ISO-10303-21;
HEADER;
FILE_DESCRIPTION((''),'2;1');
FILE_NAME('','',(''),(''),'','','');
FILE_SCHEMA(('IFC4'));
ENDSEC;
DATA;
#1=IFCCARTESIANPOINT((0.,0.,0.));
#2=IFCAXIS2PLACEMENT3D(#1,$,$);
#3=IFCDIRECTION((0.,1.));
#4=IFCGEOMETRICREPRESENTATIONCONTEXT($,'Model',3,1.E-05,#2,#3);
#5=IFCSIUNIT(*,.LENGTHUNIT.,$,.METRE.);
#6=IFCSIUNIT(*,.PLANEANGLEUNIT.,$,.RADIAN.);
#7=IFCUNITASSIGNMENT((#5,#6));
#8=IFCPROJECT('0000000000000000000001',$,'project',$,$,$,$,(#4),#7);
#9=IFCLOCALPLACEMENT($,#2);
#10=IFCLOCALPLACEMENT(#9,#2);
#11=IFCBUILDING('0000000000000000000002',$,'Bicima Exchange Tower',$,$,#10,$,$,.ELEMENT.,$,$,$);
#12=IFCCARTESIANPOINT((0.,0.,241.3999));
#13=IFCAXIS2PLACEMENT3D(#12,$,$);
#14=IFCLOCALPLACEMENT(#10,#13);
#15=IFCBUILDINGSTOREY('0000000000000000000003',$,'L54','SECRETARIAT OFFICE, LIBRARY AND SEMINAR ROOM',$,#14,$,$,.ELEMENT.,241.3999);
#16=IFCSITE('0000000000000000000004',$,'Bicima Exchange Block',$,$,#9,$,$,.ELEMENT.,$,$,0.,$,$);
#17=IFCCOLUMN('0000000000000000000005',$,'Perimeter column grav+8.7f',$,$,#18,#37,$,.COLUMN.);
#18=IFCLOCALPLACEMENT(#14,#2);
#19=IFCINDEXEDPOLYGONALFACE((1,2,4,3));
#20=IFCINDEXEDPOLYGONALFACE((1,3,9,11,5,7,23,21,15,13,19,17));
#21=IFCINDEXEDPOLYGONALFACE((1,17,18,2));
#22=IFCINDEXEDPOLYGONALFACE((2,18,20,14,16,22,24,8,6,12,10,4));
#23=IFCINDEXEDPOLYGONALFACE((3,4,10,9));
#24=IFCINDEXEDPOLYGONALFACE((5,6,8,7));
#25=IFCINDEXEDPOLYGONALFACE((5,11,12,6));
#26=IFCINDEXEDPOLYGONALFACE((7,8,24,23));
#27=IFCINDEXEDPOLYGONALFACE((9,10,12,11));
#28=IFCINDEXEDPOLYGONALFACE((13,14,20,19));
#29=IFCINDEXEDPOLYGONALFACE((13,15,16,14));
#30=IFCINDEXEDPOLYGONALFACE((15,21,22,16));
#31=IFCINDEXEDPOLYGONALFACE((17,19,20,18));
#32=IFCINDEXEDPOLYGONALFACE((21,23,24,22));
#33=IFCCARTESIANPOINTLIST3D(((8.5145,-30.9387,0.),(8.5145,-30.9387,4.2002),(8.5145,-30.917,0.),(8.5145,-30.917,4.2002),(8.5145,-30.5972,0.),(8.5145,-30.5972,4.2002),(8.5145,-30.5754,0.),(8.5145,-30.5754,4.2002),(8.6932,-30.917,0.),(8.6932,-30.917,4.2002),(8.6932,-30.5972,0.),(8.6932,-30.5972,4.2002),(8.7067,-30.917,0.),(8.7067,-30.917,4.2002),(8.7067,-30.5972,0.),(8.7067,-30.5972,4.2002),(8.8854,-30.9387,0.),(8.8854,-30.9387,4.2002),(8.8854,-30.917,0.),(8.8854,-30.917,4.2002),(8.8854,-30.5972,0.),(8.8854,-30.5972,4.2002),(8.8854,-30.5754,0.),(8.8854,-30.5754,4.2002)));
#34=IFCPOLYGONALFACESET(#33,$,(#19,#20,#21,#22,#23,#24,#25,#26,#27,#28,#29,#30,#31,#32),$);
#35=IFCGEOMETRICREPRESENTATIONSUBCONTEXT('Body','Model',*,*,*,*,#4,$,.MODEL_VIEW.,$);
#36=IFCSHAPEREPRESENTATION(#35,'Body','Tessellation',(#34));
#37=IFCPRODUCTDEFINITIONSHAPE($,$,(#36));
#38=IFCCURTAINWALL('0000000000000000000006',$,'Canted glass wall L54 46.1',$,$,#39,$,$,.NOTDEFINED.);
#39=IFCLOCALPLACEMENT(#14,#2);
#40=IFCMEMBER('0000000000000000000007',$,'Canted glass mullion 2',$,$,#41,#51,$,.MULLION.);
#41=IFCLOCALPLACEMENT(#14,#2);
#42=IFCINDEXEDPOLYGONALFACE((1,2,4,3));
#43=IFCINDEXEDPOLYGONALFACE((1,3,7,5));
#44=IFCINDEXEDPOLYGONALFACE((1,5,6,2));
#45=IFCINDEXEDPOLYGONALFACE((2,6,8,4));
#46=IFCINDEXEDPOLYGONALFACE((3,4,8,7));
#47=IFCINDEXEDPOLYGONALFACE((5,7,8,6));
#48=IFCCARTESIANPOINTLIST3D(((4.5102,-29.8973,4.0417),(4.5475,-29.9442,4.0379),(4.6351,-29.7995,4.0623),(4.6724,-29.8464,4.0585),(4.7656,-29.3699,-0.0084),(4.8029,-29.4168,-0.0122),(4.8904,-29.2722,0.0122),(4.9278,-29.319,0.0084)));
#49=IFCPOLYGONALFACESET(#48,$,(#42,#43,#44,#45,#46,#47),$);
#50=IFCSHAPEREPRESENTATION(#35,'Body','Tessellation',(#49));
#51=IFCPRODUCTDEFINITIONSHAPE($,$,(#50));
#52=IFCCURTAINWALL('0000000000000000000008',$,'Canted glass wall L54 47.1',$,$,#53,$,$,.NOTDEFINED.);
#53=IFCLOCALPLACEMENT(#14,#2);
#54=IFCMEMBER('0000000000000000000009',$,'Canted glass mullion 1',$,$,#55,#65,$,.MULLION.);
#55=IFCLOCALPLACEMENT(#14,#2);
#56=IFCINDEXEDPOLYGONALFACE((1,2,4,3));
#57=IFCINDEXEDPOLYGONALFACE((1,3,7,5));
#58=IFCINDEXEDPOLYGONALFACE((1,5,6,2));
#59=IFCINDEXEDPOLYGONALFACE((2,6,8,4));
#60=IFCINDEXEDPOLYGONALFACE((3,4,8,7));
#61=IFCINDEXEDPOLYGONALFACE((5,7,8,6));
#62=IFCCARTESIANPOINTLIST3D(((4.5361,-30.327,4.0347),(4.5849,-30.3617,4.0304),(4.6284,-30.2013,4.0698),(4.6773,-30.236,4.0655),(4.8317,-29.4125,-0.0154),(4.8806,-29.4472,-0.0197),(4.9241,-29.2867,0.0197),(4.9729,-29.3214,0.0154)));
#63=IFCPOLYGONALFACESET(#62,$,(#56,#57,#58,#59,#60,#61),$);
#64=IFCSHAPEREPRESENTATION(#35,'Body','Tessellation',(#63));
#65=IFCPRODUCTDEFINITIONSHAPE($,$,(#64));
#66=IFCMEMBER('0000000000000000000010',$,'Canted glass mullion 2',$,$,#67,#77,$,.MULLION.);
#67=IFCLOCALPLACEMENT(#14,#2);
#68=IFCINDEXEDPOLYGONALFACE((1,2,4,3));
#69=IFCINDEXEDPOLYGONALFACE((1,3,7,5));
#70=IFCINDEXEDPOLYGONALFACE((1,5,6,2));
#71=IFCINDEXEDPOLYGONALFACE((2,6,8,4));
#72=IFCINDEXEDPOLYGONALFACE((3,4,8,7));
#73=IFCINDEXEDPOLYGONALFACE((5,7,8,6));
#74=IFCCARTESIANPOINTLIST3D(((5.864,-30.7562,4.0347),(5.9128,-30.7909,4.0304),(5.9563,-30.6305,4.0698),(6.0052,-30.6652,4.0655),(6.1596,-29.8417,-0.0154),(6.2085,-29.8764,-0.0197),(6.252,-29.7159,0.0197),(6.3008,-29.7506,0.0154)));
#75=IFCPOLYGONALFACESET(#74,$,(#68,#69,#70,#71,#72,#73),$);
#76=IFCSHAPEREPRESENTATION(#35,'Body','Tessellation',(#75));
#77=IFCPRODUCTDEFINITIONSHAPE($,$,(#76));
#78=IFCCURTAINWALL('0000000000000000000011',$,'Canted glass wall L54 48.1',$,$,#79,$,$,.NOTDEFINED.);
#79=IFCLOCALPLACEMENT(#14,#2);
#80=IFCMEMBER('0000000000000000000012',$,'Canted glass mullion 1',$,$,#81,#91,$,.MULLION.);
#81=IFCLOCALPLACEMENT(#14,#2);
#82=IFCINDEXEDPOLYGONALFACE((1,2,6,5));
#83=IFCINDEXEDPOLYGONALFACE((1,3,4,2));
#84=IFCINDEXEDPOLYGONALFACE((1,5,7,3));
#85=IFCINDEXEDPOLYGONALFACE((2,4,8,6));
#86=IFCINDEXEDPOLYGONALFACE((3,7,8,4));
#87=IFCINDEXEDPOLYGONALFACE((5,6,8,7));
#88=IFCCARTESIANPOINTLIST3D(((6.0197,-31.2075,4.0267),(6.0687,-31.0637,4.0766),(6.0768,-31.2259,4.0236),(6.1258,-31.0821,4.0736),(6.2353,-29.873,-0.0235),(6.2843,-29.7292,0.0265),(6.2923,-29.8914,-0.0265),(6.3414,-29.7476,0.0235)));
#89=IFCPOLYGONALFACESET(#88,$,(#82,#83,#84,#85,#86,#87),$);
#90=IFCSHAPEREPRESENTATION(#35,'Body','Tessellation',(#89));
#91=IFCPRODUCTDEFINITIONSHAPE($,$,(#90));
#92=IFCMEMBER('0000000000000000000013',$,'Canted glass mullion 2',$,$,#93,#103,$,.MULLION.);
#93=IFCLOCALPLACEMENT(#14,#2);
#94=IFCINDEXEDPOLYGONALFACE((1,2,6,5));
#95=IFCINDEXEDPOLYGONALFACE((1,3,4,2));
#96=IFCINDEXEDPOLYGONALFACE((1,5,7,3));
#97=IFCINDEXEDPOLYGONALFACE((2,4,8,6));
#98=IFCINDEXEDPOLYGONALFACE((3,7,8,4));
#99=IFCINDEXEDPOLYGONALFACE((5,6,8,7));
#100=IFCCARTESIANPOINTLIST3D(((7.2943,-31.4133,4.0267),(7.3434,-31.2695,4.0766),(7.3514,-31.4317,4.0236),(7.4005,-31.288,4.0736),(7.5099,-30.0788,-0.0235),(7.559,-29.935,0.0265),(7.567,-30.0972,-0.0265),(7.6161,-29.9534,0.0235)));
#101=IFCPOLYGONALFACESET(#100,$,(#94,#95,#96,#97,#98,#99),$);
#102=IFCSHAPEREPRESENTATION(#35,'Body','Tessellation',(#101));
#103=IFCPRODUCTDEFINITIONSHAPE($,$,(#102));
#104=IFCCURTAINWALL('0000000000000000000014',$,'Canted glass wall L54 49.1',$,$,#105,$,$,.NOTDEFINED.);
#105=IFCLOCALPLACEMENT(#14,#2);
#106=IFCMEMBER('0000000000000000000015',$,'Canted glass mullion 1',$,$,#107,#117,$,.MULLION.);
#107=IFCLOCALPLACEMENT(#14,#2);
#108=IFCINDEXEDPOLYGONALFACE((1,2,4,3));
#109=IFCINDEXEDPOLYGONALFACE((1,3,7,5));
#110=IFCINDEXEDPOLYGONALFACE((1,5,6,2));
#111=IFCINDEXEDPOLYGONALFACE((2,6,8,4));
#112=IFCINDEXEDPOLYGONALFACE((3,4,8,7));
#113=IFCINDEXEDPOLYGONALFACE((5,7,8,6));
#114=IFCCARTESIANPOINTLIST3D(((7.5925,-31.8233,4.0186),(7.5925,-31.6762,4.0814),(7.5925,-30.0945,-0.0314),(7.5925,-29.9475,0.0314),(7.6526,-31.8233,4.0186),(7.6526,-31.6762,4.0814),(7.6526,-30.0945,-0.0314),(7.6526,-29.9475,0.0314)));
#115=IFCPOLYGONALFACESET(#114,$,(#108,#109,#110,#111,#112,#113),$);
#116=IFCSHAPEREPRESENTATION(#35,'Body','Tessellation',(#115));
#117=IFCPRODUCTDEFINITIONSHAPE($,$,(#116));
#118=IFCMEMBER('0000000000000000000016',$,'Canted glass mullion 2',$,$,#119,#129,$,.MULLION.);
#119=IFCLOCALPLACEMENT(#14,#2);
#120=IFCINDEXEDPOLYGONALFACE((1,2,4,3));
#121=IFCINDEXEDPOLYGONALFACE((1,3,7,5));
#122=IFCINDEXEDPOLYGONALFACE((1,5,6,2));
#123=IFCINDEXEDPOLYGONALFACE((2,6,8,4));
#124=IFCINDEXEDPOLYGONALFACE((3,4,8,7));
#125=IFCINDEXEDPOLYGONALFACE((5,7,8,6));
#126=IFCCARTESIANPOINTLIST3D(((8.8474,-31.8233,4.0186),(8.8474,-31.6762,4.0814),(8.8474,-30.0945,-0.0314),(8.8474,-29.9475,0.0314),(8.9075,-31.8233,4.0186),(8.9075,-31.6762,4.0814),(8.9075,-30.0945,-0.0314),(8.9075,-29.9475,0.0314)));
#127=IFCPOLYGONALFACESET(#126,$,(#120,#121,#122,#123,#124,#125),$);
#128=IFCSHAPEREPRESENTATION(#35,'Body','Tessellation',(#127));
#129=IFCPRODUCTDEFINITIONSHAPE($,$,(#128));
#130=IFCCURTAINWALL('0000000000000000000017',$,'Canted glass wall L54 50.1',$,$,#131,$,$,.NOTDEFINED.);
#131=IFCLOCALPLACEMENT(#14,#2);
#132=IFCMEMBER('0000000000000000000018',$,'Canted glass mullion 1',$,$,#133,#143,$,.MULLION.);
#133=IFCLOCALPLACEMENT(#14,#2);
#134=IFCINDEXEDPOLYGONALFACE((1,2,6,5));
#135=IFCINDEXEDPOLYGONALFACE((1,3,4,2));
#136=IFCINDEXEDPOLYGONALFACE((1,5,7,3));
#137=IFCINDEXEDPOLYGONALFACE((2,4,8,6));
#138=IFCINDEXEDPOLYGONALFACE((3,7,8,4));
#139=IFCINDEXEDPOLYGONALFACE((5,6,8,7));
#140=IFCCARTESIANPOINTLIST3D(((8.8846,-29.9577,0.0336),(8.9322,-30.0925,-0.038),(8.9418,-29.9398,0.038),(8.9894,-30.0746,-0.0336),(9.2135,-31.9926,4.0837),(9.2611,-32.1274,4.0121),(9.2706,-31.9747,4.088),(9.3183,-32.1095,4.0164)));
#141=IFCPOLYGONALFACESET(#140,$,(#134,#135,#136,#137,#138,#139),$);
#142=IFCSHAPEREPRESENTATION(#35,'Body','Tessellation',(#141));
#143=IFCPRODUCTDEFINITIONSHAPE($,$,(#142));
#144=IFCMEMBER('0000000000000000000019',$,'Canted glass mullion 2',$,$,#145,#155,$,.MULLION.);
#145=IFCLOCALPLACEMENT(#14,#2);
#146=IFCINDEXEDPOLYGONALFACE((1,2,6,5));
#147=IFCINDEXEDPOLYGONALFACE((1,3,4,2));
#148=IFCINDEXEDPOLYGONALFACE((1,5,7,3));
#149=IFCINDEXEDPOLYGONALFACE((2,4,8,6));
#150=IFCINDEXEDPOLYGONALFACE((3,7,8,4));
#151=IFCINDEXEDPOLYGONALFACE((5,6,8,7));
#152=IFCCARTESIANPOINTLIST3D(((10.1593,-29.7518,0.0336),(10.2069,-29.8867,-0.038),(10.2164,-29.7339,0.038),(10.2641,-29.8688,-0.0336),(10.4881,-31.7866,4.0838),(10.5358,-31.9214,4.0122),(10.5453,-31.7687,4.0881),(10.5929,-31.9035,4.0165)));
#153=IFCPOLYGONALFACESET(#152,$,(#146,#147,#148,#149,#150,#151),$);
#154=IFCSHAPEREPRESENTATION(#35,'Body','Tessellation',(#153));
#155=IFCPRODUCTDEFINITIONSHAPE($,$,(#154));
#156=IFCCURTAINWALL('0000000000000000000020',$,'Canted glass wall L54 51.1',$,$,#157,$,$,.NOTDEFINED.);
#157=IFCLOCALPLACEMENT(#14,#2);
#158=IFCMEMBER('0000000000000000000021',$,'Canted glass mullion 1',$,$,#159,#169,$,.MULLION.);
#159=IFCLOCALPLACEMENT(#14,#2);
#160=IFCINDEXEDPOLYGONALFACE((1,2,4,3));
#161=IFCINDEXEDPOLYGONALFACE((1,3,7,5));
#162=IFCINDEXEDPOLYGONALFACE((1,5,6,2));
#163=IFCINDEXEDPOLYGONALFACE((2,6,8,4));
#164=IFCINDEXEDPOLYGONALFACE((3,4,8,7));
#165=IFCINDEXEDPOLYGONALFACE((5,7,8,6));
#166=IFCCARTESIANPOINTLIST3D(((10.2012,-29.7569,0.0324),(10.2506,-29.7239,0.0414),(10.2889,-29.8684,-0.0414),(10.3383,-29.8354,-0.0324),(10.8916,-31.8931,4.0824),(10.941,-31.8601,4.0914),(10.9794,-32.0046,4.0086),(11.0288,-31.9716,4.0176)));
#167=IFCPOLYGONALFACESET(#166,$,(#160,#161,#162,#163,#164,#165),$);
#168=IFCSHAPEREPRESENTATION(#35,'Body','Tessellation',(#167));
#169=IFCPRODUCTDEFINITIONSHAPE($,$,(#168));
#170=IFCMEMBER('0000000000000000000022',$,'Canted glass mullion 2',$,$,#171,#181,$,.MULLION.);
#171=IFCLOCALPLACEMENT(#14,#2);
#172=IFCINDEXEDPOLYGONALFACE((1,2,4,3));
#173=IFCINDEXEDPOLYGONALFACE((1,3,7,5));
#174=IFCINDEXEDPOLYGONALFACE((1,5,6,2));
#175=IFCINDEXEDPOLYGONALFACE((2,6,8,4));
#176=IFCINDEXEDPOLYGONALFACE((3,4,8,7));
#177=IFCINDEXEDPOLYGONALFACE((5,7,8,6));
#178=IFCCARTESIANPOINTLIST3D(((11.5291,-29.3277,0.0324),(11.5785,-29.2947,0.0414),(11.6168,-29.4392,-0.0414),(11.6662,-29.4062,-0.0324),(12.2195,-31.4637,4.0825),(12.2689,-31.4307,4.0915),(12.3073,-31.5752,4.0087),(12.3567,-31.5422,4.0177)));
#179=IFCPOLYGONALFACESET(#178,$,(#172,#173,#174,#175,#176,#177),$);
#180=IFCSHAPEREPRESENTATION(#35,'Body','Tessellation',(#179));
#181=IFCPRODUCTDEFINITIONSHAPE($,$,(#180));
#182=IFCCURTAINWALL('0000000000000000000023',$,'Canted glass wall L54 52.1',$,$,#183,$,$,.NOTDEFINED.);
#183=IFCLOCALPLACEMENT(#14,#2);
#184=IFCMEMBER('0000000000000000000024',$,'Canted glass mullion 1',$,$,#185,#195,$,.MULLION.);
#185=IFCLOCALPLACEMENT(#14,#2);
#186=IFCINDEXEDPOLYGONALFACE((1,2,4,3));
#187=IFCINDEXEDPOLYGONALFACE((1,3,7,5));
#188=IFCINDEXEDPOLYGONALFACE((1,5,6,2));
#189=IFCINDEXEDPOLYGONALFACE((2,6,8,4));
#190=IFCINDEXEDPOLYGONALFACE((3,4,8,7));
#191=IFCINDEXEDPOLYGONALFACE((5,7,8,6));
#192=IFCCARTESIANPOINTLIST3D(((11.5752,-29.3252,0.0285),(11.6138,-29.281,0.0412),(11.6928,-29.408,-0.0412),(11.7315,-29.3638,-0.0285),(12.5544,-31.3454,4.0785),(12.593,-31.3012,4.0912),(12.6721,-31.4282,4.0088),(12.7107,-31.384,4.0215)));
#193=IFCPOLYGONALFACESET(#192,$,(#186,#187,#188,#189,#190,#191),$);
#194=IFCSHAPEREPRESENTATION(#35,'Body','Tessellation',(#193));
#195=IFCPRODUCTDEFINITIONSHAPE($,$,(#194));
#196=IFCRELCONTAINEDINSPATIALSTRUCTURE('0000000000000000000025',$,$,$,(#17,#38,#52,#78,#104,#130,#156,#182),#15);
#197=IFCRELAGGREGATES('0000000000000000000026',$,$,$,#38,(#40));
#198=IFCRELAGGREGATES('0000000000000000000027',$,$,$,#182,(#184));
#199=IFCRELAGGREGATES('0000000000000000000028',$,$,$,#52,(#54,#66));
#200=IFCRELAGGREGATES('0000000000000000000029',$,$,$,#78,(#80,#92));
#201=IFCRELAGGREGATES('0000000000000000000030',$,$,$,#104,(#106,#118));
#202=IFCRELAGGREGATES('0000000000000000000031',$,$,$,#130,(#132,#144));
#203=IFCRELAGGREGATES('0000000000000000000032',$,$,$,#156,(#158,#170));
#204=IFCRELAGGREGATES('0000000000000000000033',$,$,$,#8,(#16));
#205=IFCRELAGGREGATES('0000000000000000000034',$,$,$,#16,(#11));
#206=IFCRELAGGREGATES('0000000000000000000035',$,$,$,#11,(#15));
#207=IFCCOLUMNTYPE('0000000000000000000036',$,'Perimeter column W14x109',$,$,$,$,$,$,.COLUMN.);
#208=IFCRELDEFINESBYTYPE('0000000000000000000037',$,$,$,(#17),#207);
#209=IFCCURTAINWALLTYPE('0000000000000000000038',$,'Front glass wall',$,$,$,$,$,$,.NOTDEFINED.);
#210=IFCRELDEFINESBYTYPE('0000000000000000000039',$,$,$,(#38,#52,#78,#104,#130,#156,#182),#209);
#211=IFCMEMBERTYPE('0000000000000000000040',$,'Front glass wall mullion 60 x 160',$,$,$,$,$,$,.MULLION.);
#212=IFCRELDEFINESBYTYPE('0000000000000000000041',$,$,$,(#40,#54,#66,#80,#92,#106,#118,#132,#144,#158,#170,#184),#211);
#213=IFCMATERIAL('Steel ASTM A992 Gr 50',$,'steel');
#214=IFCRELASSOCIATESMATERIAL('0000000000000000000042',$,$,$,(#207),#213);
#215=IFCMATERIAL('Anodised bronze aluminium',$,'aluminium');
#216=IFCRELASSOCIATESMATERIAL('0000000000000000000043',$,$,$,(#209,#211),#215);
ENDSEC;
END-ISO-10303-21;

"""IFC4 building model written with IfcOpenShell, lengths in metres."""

from ifc_helpers import new_model, si_unit, direction, frame, origin, origin_2d, place, context, subcontext, project, spatial, rectangle, i_section, extrude, material, material_profile, profile_set, type_object, element, aggregate, save


model = new_model("IFC4")

# Units and contexts
model_context = context("Model", 3, precision=1e-05, world=origin(), true_north=direction((0.0, 1.0)))
body_context = subcontext(model_context, "Body", "Model", "MODEL_VIEW")
ifc_project = project(units=[si_unit("LENGTHUNIT", "METRE"), si_unit("PLANEANGLEUNIT", "RADIAN")], contexts=[model_context])

# Site, building, storey
site_placement = place(None, origin())
site = spatial("IfcSite", under=ifc_project, at=site_placement, Name="Bicima Exchange Block", CompositionType="ELEMENT", RefElevation=0.0)
building_placement = place(site_placement, origin())
building = spatial("IfcBuilding", under=site, at=building_placement, Name="Bicima Exchange Tower", CompositionType="ELEMENT")
storey_placement = place(building_placement, frame((0.0, 0.0, 241.3999)))
storey = spatial("IfcBuildingStorey", under=building, at=storey_placement, Name="L54", Description="SECRETARIAT OFFICE, LIBRARY AND SEMINAR ROOM", CompositionType="ELEMENT", Elevation=241.3999)

# Column
ifc_material_1 = material(Name="Steel ASTM A992 Gr 50", Category="steel")
ifc_material_profile_1 = material_profile(ifc_material_1, i_section(OverallWidth=0.3708, OverallDepth=0.3633, WebThickness=0.0134, FlangeThickness=0.0217, at=origin_2d()))
ifc_profile_set_1 = profile_set([ifc_material_profile_1], Name="Steel ASTM A992 Gr 50")
column_type = type_object("IfcColumnType", Name="Perimeter column W14x109", PredefinedType="COLUMN", material=ifc_profile_set_1)
column_placement = place(storey_placement, frame((8.7, -30.7571, 0.0), z_axis=(0.0, 0.0, 1.0), x_axis=(1.0, 0.0, 0.0)))
element("IfcColumn", 1, at=column_placement, inside=storey, type_object=column_type, Name="Perimeter column grav+8.7f", PredefinedType="COLUMN", context=body_context, shape_type="SweptSolid", body=[
    extrude(i_section(OverallWidth=0.3708, OverallDepth=0.3633, WebThickness=0.0134, FlangeThickness=0.0217, at=origin_2d()), origin(), (0.0, 0.0, 1.0), 4.2002),
])

# Curtain wall, member
ifc_material_2 = material(Name="Anodised bronze aluminium", Category="aluminium")
curtain_wall_type = type_object("IfcCurtainWallType", Name="Front glass wall", PredefinedType="NOTDEFINED", material=ifc_material_2)
curtain_wall_1_placement = place(storey_placement, origin())
curtain_wall_1 = element("IfcCurtainWall", 2, at=curtain_wall_1_placement, inside=storey, type_object=curtain_wall_type, Name="Canted glass wall L54 46.1", PredefinedType="NOTDEFINED")
ifc_material_profile_2 = material_profile(ifc_material_2, rectangle(XDim=0.1599, YDim=0.0601, at=origin_2d()))
ifc_profile_set_2 = profile_set([ifc_material_profile_2], Name="Anodised bronze aluminium")
member_type_1 = type_object("IfcMemberType", Name="Front glass wall mullion 60 x 160", PredefinedType="MULLION", material=ifc_profile_set_2)
member_1_placement = place(storey_placement, frame((4.8467, -29.3445, 0.0), z_axis=(-0.062404, -0.128865, 0.989697), x_axis=(0.78078, 0.611378, 0.128837)))
member_1 = element("IfcMember", 3, at=member_1_placement, type_object=member_type_1, Name="Canted glass mullion 2", PredefinedType="MULLION", context=body_context, shape_type="SweptSolid", body=[
    extrude(rectangle(XDim=0.1599, YDim=0.0601, at=origin_2d()), origin(), (0.0, 0.0, 1.0), 4.0923),
])
aggregate(curtain_wall_1, [member_1])

# Curtain walls, members
curtain_wall_2_placement = place(storey_placement, origin())
curtain_wall_2 = element("IfcCurtainWall", 4, at=curtain_wall_2_placement, inside=storey, type_object=curtain_wall_type, Name="Canted glass wall L54 47.1", PredefinedType="NOTDEFINED")
member_2_placement = place(storey_placement, frame((4.9023, -29.3669, 0.0), z_axis=(-0.071027, -0.21971, 0.972976), x_axis=(0.577454, 0.786304, 0.219711)))
member_2 = element("IfcMember", 5, at=member_2_placement, type_object=member_type_1, Name="Canted glass mullion 1", PredefinedType="MULLION", context=body_context, shape_type="SweptSolid", body=[
    extrude(rectangle(XDim=0.1599, YDim=0.0601, at=origin_2d()), origin(), (0.0, 0.0, 1.0), 4.1626),
])
member_3_placement = place(storey_placement, frame((6.2302, -29.7961, 0.0), z_axis=(-0.071027, -0.21971, 0.972976), x_axis=(0.577454, 0.786304, 0.219711)))
member_3 = element("IfcMember", 6, at=member_3_placement, type_object=member_type_1, Name="Canted glass mullion 2", PredefinedType="MULLION", context=body_context, shape_type="SweptSolid", body=[
    extrude(rectangle(XDim=0.1599, YDim=0.0601, at=origin_2d()), origin(), (0.0, 0.0, 1.0), 4.1626),
])
curtain_wall_3_placement = place(storey_placement, origin())
curtain_wall_3 = element("IfcCurtainWall", 7, at=curtain_wall_3_placement, inside=storey, type_object=curtain_wall_type, Name="Canted glass wall L54 48.1", PredefinedType="NOTDEFINED")
member_4_placement = place(storey_placement, frame((6.2883, -29.8103, 0.0), z_axis=(-0.05049, -0.312546, 0.94856), x_axis=(0.306862, 0.898974, 0.312541)))
member_4 = element("IfcMember", 8, at=member_4_placement, type_object=member_type_1, Name="Canted glass mullion 1", PredefinedType="MULLION", context=body_context, shape_type="SweptSolid", body=[
    extrude(rectangle(XDim=0.1599, YDim=0.0601, at=origin_2d()), origin(), (0.0, 0.0, 1.0), 4.2698),
])
member_5_placement = place(storey_placement, frame((7.563, -30.0161, 0.0), z_axis=(-0.05049, -0.312546, 0.94856), x_axis=(0.306862, 0.898974, 0.312541)))
member_5 = element("IfcMember", 9, at=member_5_placement, type_object=member_type_1, Name="Canted glass mullion 2", PredefinedType="MULLION", context=body_context, shape_type="SweptSolid", body=[
    extrude(rectangle(XDim=0.1599, YDim=0.0601, at=origin_2d()), origin(), (0.0, 0.0, 1.0), 4.2698),
])
curtain_wall_4_placement = place(storey_placement, origin())
curtain_wall_4 = element("IfcCurtainWall", 10, at=curtain_wall_4_placement, inside=storey, type_object=curtain_wall_type, Name="Canted glass wall L54 49.1", PredefinedType="NOTDEFINED")
member_6_placement = place(storey_placement, frame((7.6226, -30.021, 0.0), z_axis=(0.0, -0.392581, 0.919718), x_axis=(0.0, 0.919718, 0.392581)))
member_6 = element("IfcMember", 11, at=member_6_placement, type_object=member_type_1, Name="Canted glass mullion 1", PredefinedType="MULLION", context=body_context, shape_type="SweptSolid", body=[
    extrude(rectangle(XDim=0.1599, YDim=0.0601, at=origin_2d()), origin(), (0.0, 0.0, 1.0), 4.4036),
])
member_7_placement = place(storey_placement, frame((8.8774, -30.021, 0.0), z_axis=(0.0, -0.392581, 0.919718), x_axis=(0.0, 0.919718, 0.392581)))
member_7 = element("IfcMember", 12, at=member_7_placement, type_object=member_type_1, Name="Canted glass mullion 2", PredefinedType="MULLION", context=body_context, shape_type="SweptSolid", body=[
    extrude(rectangle(XDim=0.1599, YDim=0.0601, at=origin_2d()), origin(), (0.0, 0.0, 1.0), 4.4036),
])
curtain_wall_5_placement = place(storey_placement, origin())
curtain_wall_5 = element("IfcCurtainWall", 13, at=curtain_wall_5_placement, inside=storey, type_object=curtain_wall_type, Name="Canted glass wall L54 50.1", PredefinedType="NOTDEFINED")
member_8_placement = place(storey_placement, frame((8.937, -30.0161, 0.0), z_axis=(0.072365, -0.447781, 0.89121), x_axis=(-0.297885, 0.843065, 0.447779)))
member_8 = element("IfcMember", 14, at=member_8_placement, type_object=member_type_1, Name="Canted glass mullion 1", PredefinedType="MULLION", context=body_context, shape_type="SweptSolid", body=[
    extrude(rectangle(XDim=0.1599, YDim=0.0601, at=origin_2d()), origin(), (0.0, 0.0, 1.0), 4.5444),
])
member_9_placement = place(storey_placement, frame((10.2117, -29.8103, 0.0), z_axis=(0.072367, -0.447738, 0.891232), x_axis=(-0.297905, 0.84308, 0.447737)))
member_9 = element("IfcMember", 15, at=member_9_placement, type_object=member_type_1, Name="Canted glass mullion 2", PredefinedType="MULLION", context=body_context, shape_type="SweptSolid", body=[
    extrude(rectangle(XDim=0.1599, YDim=0.0601, at=origin_2d()), origin(), (0.0, 0.0, 1.0), 4.5444),
])
curtain_wall_6_placement = place(storey_placement, origin())
curtain_wall_6 = element("IfcCurtainWall", 16, at=curtain_wall_6_placement, inside=storey, type_object=curtain_wall_type, Name="Canted glass wall L54 51.1", PredefinedType="NOTDEFINED")
member_10_placement = place(storey_placement, frame((10.2698, -29.7961, 0.0), z_axis=(0.149099, -0.461322, 0.874615), x_axis=(-0.548615, 0.697288, 0.461315)))
member_10 = element("IfcMember", 17, at=member_10_placement, type_object=member_type_1, Name="Canted glass mullion 1", PredefinedType="MULLION", context=body_context, shape_type="SweptSolid", body=[
    extrude(rectangle(XDim=0.1599, YDim=0.0601, at=origin_2d()), origin(), (0.0, 0.0, 1.0), 4.6306),
])
member_11_placement = place(storey_placement, frame((11.5977, -29.3669, 0.0), z_axis=(0.149103, -0.461281, 0.874636), x_axis=(-0.548645, 0.697289, 0.461278)))
member_11 = element("IfcMember", 18, at=member_11_placement, type_object=member_type_1, Name="Canted glass mullion 2", PredefinedType="MULLION", context=body_context, shape_type="SweptSolid", body=[
    extrude(rectangle(XDim=0.1599, YDim=0.0601, at=origin_2d()), origin(), (0.0, 0.0, 1.0), 4.6306),
])

# Curtain wall, member
curtain_wall_7_placement = place(storey_placement, origin())
curtain_wall_7 = element("IfcCurtainWall", 19, at=curtain_wall_7_placement, inside=storey, type_object=curtain_wall_type, Name="Canted glass wall L54 52.1", PredefinedType="NOTDEFINED")
member_12_placement = place(storey_placement, frame((11.6533, -29.3445, 0.0), z_axis=(0.211469, -0.436277, 0.87461), x_axis=(-0.735836, 0.517904, 0.436258)))
member_12 = element("IfcMember", 20, at=member_12_placement, type_object=member_type_1, Name="Canted glass mullion 1", PredefinedType="MULLION", context=body_context, shape_type="SweptSolid", body=[
    extrude(rectangle(XDim=0.1599, YDim=0.0601, at=origin_2d()), origin(), (0.0, 0.0, 1.0), 4.6306),
])
aggregate(curtain_wall_7, [member_12])

aggregate(curtain_wall_2, [member_2, member_3])
aggregate(curtain_wall_3, [member_4, member_5])
aggregate(curtain_wall_4, [member_6, member_7])
aggregate(curtain_wall_5, [member_8, member_9])
aggregate(curtain_wall_6, [member_10, member_11])

save(model, "model.ifc")
